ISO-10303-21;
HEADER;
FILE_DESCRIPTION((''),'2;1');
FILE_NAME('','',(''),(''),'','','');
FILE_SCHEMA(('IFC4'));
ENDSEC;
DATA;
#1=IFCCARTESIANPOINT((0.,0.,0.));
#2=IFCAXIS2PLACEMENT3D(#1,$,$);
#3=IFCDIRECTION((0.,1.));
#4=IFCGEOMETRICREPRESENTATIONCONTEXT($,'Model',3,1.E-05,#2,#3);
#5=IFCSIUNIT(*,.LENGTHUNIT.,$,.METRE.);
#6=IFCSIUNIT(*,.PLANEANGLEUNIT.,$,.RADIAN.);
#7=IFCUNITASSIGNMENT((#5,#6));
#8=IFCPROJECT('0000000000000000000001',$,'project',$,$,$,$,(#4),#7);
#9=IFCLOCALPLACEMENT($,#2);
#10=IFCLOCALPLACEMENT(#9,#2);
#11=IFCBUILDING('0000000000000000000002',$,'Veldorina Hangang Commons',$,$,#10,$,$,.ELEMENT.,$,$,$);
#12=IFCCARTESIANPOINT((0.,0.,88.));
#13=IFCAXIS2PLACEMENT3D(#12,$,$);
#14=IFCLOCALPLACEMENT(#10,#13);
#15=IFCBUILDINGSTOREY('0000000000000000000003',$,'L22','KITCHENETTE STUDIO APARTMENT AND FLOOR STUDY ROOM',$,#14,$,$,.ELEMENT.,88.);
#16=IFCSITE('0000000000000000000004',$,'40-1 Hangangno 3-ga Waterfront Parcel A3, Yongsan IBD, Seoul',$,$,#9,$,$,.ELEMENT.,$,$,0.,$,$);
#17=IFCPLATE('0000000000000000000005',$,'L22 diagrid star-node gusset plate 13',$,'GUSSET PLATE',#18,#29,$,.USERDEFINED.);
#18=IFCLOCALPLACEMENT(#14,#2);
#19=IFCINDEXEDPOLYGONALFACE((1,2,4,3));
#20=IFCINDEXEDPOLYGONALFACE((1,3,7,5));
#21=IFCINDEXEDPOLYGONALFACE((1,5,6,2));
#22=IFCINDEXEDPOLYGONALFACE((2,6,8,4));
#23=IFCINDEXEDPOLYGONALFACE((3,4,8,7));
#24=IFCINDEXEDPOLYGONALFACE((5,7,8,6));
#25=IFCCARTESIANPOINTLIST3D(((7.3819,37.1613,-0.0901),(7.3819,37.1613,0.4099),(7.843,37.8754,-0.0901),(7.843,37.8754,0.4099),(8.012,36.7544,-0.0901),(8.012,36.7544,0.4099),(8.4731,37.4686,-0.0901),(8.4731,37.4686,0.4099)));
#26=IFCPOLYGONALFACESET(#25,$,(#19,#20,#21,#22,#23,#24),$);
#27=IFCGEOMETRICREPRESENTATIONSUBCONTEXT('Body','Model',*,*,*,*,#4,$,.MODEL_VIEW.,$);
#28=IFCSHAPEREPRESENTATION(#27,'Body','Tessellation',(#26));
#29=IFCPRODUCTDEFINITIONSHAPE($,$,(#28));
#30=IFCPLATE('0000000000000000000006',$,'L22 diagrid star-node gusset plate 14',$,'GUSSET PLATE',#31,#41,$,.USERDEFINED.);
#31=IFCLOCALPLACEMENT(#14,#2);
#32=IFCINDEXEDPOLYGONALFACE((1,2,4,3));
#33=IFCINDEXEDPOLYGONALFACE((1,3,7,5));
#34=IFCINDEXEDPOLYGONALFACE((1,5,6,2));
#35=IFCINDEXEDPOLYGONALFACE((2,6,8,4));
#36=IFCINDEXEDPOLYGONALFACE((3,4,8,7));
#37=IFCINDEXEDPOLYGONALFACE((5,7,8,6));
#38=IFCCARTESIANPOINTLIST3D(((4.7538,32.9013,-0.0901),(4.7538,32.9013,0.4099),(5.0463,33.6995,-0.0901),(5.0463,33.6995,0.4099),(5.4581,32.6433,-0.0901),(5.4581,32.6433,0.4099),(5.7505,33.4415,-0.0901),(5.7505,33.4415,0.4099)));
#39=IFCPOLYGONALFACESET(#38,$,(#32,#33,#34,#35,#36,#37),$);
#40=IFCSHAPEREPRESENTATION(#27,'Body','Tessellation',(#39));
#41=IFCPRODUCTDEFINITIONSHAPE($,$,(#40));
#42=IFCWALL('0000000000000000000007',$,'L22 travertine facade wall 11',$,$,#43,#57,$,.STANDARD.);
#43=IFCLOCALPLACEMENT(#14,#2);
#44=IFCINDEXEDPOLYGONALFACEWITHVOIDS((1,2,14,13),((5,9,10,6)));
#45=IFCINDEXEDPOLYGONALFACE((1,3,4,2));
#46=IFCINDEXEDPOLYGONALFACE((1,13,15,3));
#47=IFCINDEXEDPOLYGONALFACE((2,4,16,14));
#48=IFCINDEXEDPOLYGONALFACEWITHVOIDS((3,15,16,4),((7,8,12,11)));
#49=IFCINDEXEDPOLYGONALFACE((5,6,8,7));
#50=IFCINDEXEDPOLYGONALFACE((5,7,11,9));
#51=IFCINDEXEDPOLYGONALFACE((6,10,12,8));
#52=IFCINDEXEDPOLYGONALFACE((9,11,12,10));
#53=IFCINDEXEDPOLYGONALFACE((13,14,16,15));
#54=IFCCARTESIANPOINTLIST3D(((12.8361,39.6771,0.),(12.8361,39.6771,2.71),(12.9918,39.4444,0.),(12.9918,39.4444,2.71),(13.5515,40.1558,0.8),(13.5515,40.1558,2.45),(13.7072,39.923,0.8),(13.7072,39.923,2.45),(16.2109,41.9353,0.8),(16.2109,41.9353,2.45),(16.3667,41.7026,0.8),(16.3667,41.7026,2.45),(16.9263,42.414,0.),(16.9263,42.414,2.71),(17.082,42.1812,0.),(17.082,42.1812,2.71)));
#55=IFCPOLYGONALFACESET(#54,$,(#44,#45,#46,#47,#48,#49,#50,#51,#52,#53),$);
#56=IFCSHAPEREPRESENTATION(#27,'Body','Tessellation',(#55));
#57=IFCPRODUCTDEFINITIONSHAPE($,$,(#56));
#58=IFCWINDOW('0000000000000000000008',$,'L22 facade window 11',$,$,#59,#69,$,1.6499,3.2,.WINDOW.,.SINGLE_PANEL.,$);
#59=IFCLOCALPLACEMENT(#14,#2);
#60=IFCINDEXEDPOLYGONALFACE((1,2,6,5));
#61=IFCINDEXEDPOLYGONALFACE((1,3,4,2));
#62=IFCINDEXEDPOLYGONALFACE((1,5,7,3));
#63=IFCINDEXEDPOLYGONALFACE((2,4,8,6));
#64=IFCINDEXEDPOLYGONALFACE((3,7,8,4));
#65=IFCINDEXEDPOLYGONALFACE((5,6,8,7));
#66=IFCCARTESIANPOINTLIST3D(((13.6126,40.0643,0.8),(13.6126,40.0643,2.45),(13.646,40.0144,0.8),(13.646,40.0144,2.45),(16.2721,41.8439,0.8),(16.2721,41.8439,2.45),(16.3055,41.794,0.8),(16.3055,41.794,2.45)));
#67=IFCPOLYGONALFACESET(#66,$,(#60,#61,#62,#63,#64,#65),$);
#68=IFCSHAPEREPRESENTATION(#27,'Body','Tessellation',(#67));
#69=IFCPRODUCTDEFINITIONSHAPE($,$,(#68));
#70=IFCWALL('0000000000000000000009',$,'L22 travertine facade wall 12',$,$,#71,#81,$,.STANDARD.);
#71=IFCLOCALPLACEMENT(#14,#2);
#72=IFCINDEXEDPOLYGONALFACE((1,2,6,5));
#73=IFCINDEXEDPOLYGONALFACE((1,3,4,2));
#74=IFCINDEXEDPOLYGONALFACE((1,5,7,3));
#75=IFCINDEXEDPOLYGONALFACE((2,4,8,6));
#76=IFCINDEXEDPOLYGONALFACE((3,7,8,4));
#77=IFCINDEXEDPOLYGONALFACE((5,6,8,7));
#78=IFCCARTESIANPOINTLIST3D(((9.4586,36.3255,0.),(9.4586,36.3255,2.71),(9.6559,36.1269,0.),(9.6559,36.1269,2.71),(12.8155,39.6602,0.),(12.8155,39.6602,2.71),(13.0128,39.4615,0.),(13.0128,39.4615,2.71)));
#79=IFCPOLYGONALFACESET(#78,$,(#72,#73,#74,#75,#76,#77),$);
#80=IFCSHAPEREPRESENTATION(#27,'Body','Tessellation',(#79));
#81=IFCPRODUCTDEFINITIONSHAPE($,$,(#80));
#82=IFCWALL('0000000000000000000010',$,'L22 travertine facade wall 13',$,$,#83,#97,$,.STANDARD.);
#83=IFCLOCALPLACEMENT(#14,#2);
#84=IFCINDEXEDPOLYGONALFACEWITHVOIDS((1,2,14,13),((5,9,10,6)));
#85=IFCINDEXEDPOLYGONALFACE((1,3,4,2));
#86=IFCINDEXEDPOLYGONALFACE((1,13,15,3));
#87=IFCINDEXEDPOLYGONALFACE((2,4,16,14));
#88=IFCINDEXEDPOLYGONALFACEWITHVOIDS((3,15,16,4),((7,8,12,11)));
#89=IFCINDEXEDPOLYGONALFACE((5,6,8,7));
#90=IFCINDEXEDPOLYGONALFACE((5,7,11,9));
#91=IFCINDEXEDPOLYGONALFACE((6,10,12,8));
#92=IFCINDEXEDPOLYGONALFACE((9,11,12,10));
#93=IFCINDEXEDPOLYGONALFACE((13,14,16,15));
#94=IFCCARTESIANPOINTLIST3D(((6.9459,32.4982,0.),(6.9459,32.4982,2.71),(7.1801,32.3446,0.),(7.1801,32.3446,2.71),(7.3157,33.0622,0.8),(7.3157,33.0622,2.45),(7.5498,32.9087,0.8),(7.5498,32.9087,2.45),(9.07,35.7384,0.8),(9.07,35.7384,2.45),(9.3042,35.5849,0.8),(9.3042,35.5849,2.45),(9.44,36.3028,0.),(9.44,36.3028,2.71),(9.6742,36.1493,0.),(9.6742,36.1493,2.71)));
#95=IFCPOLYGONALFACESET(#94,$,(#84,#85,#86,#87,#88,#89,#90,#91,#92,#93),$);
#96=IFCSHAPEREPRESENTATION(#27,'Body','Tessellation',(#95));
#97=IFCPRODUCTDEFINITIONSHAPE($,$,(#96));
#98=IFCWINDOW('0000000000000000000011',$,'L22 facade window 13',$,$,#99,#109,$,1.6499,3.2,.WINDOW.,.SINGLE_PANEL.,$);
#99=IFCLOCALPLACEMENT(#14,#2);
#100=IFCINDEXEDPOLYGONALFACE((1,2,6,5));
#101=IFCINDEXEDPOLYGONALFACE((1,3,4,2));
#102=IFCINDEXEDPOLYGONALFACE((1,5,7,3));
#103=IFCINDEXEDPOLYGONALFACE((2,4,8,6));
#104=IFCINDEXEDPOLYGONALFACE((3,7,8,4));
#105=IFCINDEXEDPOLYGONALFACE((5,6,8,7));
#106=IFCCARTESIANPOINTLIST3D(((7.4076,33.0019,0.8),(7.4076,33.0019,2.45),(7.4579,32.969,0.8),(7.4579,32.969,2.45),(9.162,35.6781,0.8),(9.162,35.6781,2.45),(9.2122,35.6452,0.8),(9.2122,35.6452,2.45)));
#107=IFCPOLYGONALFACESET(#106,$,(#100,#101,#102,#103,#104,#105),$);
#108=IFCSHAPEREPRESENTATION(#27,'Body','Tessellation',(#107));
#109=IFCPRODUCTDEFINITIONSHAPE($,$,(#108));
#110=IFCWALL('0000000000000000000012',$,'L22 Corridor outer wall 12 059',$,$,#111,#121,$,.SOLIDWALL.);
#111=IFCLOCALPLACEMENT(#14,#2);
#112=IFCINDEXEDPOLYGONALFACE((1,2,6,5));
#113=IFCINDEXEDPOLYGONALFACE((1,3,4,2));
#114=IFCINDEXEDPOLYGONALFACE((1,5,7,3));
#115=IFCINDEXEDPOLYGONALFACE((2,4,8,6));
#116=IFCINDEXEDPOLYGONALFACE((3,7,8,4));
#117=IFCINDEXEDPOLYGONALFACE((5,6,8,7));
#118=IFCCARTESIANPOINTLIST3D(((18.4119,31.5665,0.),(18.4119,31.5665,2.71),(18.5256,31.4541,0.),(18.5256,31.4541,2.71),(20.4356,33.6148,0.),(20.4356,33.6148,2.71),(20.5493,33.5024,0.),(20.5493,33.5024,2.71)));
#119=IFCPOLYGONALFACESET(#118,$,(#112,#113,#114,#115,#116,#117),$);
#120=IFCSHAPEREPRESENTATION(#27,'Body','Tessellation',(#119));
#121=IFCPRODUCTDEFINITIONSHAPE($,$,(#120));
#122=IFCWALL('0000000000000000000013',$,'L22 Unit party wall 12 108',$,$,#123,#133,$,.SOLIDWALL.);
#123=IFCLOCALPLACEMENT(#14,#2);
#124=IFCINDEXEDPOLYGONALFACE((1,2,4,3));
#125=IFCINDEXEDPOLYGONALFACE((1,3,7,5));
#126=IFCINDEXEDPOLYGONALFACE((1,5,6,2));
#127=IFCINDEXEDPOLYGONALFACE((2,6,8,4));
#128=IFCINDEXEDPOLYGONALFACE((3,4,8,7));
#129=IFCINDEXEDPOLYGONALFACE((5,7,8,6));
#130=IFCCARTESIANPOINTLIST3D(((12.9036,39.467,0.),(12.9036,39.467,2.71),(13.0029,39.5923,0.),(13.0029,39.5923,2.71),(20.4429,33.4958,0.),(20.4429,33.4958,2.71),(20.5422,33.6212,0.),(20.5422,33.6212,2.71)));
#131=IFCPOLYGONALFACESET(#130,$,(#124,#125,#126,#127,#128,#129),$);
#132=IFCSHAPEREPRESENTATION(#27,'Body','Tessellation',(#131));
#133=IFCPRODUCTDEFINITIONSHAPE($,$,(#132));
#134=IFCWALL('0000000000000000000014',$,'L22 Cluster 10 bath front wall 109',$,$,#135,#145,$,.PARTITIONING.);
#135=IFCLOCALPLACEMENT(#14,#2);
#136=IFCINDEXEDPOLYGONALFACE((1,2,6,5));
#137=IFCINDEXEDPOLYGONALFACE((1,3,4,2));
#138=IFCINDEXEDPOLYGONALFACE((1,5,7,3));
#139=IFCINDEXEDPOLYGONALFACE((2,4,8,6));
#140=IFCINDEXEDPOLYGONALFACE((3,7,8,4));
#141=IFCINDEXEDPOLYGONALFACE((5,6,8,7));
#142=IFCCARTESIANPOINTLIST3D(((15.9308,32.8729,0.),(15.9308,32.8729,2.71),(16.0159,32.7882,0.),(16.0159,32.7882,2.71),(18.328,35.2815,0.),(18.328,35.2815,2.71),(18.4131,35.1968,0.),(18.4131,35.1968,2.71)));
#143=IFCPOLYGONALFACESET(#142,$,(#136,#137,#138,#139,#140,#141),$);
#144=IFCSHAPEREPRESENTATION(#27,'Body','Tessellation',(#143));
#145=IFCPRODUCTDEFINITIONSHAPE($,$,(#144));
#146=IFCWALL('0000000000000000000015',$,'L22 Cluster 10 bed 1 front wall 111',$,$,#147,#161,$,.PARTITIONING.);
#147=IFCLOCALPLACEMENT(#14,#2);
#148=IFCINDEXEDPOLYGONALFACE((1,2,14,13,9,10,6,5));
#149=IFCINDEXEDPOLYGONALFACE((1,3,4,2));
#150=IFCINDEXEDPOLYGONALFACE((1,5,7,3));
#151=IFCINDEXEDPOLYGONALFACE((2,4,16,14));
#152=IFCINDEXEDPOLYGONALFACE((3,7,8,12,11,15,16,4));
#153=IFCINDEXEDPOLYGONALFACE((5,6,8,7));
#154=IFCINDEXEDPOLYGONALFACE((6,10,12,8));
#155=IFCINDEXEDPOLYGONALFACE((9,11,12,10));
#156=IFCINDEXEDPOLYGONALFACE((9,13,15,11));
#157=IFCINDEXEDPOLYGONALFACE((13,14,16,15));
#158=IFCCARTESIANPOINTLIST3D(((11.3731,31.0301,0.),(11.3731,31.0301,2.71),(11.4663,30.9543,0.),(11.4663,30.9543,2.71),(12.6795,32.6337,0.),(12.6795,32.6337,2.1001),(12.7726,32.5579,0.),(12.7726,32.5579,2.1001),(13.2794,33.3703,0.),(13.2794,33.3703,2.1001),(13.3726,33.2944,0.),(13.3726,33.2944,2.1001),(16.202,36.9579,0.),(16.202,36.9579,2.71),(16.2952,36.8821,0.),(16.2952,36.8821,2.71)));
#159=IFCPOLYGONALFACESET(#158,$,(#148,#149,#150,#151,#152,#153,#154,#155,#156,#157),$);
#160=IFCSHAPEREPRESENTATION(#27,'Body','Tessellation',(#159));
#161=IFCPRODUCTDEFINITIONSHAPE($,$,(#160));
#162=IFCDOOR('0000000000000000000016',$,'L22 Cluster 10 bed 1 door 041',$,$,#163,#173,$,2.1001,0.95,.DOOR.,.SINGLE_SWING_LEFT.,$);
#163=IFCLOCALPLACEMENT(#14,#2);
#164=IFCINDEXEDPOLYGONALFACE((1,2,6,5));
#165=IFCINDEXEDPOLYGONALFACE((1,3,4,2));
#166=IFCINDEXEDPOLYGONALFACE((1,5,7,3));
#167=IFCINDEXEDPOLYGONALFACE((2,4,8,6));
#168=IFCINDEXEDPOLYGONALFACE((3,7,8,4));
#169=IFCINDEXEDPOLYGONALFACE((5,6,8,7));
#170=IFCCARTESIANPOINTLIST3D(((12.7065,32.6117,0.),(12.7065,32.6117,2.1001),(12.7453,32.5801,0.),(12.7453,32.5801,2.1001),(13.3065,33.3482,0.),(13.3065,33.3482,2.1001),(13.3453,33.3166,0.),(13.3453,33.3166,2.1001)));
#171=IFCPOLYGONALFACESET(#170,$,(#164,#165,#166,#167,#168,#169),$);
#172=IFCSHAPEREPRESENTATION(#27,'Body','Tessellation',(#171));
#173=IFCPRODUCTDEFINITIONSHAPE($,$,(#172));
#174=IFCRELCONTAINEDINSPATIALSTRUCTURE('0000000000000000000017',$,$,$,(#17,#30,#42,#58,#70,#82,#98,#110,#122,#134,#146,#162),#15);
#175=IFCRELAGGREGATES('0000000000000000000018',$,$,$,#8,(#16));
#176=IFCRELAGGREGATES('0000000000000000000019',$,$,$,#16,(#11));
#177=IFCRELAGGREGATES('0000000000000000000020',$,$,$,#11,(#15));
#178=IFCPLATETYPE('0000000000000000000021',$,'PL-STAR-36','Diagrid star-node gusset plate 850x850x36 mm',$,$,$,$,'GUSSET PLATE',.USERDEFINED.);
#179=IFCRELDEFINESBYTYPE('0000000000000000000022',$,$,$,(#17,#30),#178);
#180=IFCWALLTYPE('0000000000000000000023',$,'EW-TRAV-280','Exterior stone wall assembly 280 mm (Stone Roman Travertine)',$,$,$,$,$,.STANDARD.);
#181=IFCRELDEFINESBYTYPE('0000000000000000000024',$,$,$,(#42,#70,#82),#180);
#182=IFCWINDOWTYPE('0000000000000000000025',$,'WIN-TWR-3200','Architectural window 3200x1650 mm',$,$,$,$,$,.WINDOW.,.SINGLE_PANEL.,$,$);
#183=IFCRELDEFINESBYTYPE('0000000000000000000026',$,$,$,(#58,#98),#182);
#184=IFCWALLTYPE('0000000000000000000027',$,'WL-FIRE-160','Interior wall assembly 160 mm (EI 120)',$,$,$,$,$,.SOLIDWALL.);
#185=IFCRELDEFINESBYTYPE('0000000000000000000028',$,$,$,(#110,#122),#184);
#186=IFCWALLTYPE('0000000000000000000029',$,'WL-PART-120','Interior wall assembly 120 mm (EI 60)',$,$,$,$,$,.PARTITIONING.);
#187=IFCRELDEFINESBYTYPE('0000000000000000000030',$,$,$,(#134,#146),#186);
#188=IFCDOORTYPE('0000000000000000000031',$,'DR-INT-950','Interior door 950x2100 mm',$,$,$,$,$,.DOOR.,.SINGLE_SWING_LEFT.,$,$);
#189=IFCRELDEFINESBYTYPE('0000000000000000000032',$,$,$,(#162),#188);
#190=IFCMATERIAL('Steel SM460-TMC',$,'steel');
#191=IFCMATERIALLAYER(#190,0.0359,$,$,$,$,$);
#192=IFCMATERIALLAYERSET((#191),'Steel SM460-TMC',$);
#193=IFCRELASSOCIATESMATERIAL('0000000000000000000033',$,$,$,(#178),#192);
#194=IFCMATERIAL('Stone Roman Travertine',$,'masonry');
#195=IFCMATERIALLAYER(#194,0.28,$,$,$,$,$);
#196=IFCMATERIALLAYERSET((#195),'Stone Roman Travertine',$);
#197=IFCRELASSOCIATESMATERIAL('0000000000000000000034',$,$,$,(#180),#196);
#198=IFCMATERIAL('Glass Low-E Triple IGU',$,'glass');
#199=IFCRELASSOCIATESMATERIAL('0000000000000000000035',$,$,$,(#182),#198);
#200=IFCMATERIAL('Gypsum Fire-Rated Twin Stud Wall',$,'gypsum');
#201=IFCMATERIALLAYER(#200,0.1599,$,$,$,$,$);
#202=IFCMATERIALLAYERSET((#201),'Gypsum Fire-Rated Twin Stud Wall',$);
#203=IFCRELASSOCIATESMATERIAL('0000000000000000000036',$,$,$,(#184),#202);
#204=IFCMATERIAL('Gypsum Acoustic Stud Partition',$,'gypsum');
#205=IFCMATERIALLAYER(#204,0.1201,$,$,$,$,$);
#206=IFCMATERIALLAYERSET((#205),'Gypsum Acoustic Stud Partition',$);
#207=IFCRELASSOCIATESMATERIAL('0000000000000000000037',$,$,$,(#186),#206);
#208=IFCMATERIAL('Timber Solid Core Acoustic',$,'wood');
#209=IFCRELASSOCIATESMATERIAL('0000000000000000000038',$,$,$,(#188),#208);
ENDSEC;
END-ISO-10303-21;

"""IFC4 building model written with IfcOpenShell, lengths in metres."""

from ifc_helpers import new_model, si_unit, direction, frame, frame_2d, origin, origin_2d, place, context, subcontext, project, spatial, rectangle, extrude, material, layer, layer_set, type_object, element, fill, save


model = new_model("IFC4")

# Units and contexts
model_context = context("Model", 3, precision=1e-05, world=origin(), true_north=direction((0.0, 1.0)))
body_context = subcontext(model_context, "Body", "Model", "MODEL_VIEW")
ifc_project = project(units=[si_unit("LENGTHUNIT", "METRE"), si_unit("PLANEANGLEUNIT", "RADIAN")], contexts=[model_context])

# Site, building, storey
site_placement = place(None, origin())
site = spatial("IfcSite", under=ifc_project, at=site_placement, Name="40-1 Hangangno 3-ga Waterfront Parcel A3, Yongsan IBD, Seoul", CompositionType="ELEMENT", RefElevation=0.0)
building_placement = place(site_placement, origin())
building = spatial("IfcBuilding", under=site, at=building_placement, Name="Veldorina Hangang Commons", CompositionType="ELEMENT")
storey_placement = place(building_placement, frame((0.0, 0.0, 88.0)))
storey = spatial("IfcBuildingStorey", under=building, at=storey_placement, Name="L22", Description="KITCHENETTE STUDIO APARTMENT AND FLOOR STUDY ROOM", CompositionType="ELEMENT", Elevation=88.0)

# Shared definitions
ifc_material_1 = material(Name="Steel SM460-TMC", Category="steel")

# Plates
ifc_layer_1 = layer(ifc_material_1, 0.0359)
ifc_layer_set_1 = layer_set([ifc_layer_1], Name="Steel SM460-TMC")
plate_type = type_object("IfcPlateType", Name="PL-STAR-36", Description="Diagrid star-node gusset plate 850x850x36 mm", ElementType="GUSSET PLATE", PredefinedType="USERDEFINED", material=ifc_layer_set_1)
for number, where, z_axis, x_axis, name in (
    (1, (7.9275, 37.3149, -0.0901), (0.0, 0.0, 1.0), (-0.542442, -0.840094, 0.0), "L22 diagrid star-node gusset plate 13"),
    (2, (5.2522, 33.1714, -0.0901), (0.0, 0.0, 1.0), (-0.344069, -0.938944, 0.0), "L22 diagrid star-node gusset plate 14"),
):
    element("IfcPlate", number, at=place(storey_placement, frame(where, z_axis=z_axis, x_axis=x_axis)), inside=storey, type_object=plate_type, Name=name, ObjectType="GUSSET PLATE", PredefinedType="USERDEFINED", context=body_context, shape_type="SweptSolid", body=[
        extrude(rectangle(XDim=0.8501, YDim=0.75, at=origin_2d()), origin(), (0.0, 0.0, 1.0), 0.5),
    ])

# Wall, opening, window
ifc_material_2 = material(Name="Stone Roman Travertine", Category="masonry")
ifc_layer_2 = layer(ifc_material_2, 0.28)
ifc_layer_set_2 = layer_set([ifc_layer_2], Name="Stone Roman Travertine")
wall_type_1 = type_object("IfcWallType", Name="EW-TRAV-280", Description="Exterior stone wall assembly 280 mm (Stone Roman Travertine)", PredefinedType="STANDARD", material=ifc_layer_set_2)
wall_1_placement = place(storey_placement, frame((17.0042, 42.2976, 0.0), z_axis=(0.0, 0.0, 1.0), x_axis=(-0.831103, -0.556119, 0.0)))
wall_1 = element("IfcWall", 3, at=wall_1_placement, inside=storey, type_object=wall_type_1, Name="L22 travertine facade wall 11", PredefinedType="STANDARD", context=body_context, shape_type="SweptSolid", body=[
    extrude(rectangle(XDim=4.9214, YDim=0.28, at=frame_2d((2.4607, 0.0))), origin(), (0.0, 0.0, 1.0), 2.71),
])
opening_1_placement = place(wall_1_placement, frame((0.8606, 0.0, 0.8)))
opening_1 = element("IfcOpeningElement", 4, at=opening_1_placement, cuts=wall_1, PredefinedType="OPENING", context=body_context, shape_type="SweptSolid", body=[
    extrude(rectangle(XDim=3.2, YDim=1.6499, at=frame_2d((1.6001, 0.825))), frame((0.0, 0.1499, 0.0), z_axis=(0.0, -1.0, 0.0), x_axis=(1.0, 0.0, 0.0)), (0.0, 0.0, 1.0), 0.3),
])
ifc_material_3 = material(Name="Glass Low-E Triple IGU", Category="glass")
window_type = type_object("IfcWindowType", Name="WIN-TWR-3200", Description="Architectural window 3200x1650 mm", PartitioningType="SINGLE_PANEL", PredefinedType="WINDOW", material=ifc_material_3)
window_1_placement = place(opening_1_placement, origin())
window_1 = element("IfcWindow", 5, at=window_1_placement, inside=storey, type_object=window_type, Name="L22 facade window 11", OverallHeight=1.6499, OverallWidth=3.2, PartitioningType="SINGLE_PANEL", PredefinedType="WINDOW", context=body_context, shape_type="SweptSolid", body=[
    extrude(rectangle(XDim=3.2, YDim=1.6499, at=frame_2d((1.6001, 0.825))), frame((0.0, 0.03, 0.0), z_axis=(0.0, -1.0, 0.0), x_axis=(1.0, 0.0, 0.0)), (0.0, 0.0, 1.0), 0.0601),
])
fill(opening_1, window_1)

# Wall
wall_2_placement = place(storey_placement, frame((12.9141, 39.5608, 0.0), z_axis=(0.0, 0.0, 1.0), x_axis=(-0.709451, -0.704755, 0.0)))
element("IfcWall", 6, at=wall_2_placement, inside=storey, type_object=wall_type_1, Name="L22 travertine facade wall 12", PredefinedType="STANDARD", context=body_context, shape_type="SweptSolid", body=[
    extrude(rectangle(XDim=4.7317, YDim=0.28, at=frame_2d((2.3657, 0.0))), origin(), (0.0, 0.0, 1.0), 2.71),
])

# Wall, opening, window
wall_3_placement = place(storey_placement, frame((9.5571, 36.2261, 0.0), z_axis=(0.0, 0.0, 1.0), x_axis=(-0.548244, -0.836319, 0.0)))
wall_3 = element("IfcWall", 7, at=wall_3_placement, inside=storey, type_object=wall_type_1, Name="L22 travertine facade wall 13", PredefinedType="STANDARD", context=body_context, shape_type="SweptSolid", body=[
    extrude(rectangle(XDim=4.5493, YDim=0.28, at=frame_2d((2.2747, 0.0))), origin(), (0.0, 0.0, 1.0), 2.71),
])
opening_2_placement = place(wall_3_placement, frame((0.6748, 0.0, 0.8)))
opening_2 = element("IfcOpeningElement", 8, at=opening_2_placement, cuts=wall_3, PredefinedType="OPENING", context=body_context, shape_type="SweptSolid", body=[
    extrude(rectangle(XDim=3.2, YDim=1.6499, at=frame_2d((1.6001, 0.825))), frame((0.0, 0.1499, 0.0), z_axis=(0.0, -1.0, 0.0), x_axis=(1.0, 0.0, 0.0)), (0.0, 0.0, 1.0), 0.3),
])
window_2_placement = place(opening_2_placement, origin())
window_2 = element("IfcWindow", 9, at=window_2_placement, inside=storey, type_object=window_type, Name="L22 facade window 13", OverallHeight=1.6499, OverallWidth=3.2, PartitioningType="SINGLE_PANEL", PredefinedType="WINDOW", context=body_context, shape_type="SweptSolid", body=[
    extrude(rectangle(XDim=3.2, YDim=1.6499, at=frame_2d((1.6001, 0.825))), frame((0.0, 0.03, 0.0), z_axis=(0.0, -1.0, 0.0), x_axis=(1.0, 0.0, 0.0)), (0.0, 0.0, 1.0), 0.0601),
])
fill(opening_2, window_2)

# Walls
ifc_material_4 = material(Name="Gypsum Fire-Rated Twin Stud Wall", Category="gypsum")
ifc_layer_3 = layer(ifc_material_4, 0.1599)
ifc_layer_set_3 = layer_set([ifc_layer_3], Name="Gypsum Fire-Rated Twin Stud Wall")
wall_type_2 = type_object("IfcWallType", Name="WL-FIRE-160", Description="Interior wall assembly 160 mm (EI 120)", PredefinedType="SOLIDWALL", material=ifc_layer_set_3)
wall_4_placement = place(storey_placement, frame((20.4924, 33.5586, 0.0), z_axis=(0.0, 0.0, 1.0), x_axis=(-0.702812, -0.711376, 0.0)))
element("IfcWall", 10, at=wall_4_placement, inside=storey, type_object=wall_type_2, Name="L22 Corridor outer wall 12 059", PredefinedType="SOLIDWALL", context=body_context, shape_type="SweptSolid", body=[
    extrude(rectangle(XDim=2.8794, YDim=0.1599, at=frame_2d((1.4397, 0.0))), origin(), (0.0, 0.0, 1.0), 2.71),
])
wall_5_placement = place(storey_placement, frame((20.4924, 33.5586, 0.0), z_axis=(0.0, 0.0, 1.0), x_axis=(-0.783916, 0.620867, 0.0)))
element("IfcWall", 11, at=wall_5_placement, inside=storey, type_object=wall_type_2, Name="L22 Unit party wall 12 108", PredefinedType="SOLIDWALL", context=body_context, shape_type="SweptSolid", body=[
    extrude(rectangle(XDim=9.6174, YDim=0.1599, at=frame_2d((4.8086, 0.0))), origin(), (0.0, 0.0, 1.0), 2.71),
])
ifc_material_5 = material(Name="Gypsum Acoustic Stud Partition", Category="gypsum")
ifc_layer_4 = layer(ifc_material_5, 0.1201)
ifc_layer_set_4 = layer_set([ifc_layer_4], Name="Gypsum Acoustic Stud Partition")
wall_type_3 = type_object("IfcWallType", Name="WL-PART-120", Description="Interior wall assembly 120 mm (EI 60)", PredefinedType="PARTITIONING", material=ifc_layer_set_4)
wall_6_placement = place(storey_placement, frame((18.3706, 35.2393, 0.0), z_axis=(0.0, 0.0, 1.0), x_axis=(-0.705416, -0.708793, 0.0)))
element("IfcWall", 12, at=wall_6_placement, inside=storey, type_object=wall_type_3, Name="L22 Cluster 10 bath front wall 109", PredefinedType="PARTITIONING", context=body_context, shape_type="SweptSolid", body=[
    extrude(rectangle(XDim=3.3982, YDim=0.1201, at=frame_2d((1.6992, 0.0))), origin(), (0.0, 0.0, 1.0), 2.71),
])

# Wall, opening, door
wall_7_placement = place(storey_placement, frame((16.2485, 36.9199, 0.0), z_axis=(0.0, 0.0, 1.0), x_axis=(-0.631583, -0.775309, 0.0)))
wall_7 = element("IfcWall", 13, at=wall_7_placement, inside=storey, type_object=wall_type_3, Name="L22 Cluster 10 bed 1 front wall 111", PredefinedType="PARTITIONING", context=body_context, shape_type="SweptSolid", body=[
    extrude(rectangle(XDim=7.6458, YDim=0.1201, at=frame_2d((3.8228, 0.0))), origin(), (0.0, 0.0, 1.0), 2.71),
])
opening_3_placement = place(wall_7_placement, frame((4.6272, 0.0, 0.0)))
opening_3 = element("IfcOpeningElement", 14, at=opening_3_placement, cuts=wall_7, PredefinedType="OPENING", context=body_context, shape_type="SweptSolid", body=[
    extrude(rectangle(XDim=0.95, YDim=2.1001, at=frame_2d((0.4751, 1.05))), frame((0.0, 0.0701, 0.0), z_axis=(0.0, -1.0, 0.0), x_axis=(1.0, 0.0, 0.0)), (0.0, 0.0, 1.0), 0.1401),
])
ifc_material_6 = material(Name="Timber Solid Core Acoustic", Category="wood")
door_type = type_object("IfcDoorType", Name="DR-INT-950", Description="Interior door 950x2100 mm", OperationType="SINGLE_SWING_LEFT", PredefinedType="DOOR", material=ifc_material_6)
door_placement = place(opening_3_placement, origin())
door = element("IfcDoor", 15, at=door_placement, inside=storey, type_object=door_type, Name="L22 Cluster 10 bed 1 door 041", OperationType="SINGLE_SWING_LEFT", OverallHeight=2.1001, OverallWidth=0.95, PredefinedType="DOOR", context=body_context, shape_type="SweptSolid", body=[
    extrude(rectangle(XDim=0.95, YDim=2.1001, at=frame_2d((0.4751, 1.05))), frame((0.0, 0.0249, 0.0), z_axis=(0.0, -1.0, 0.0), x_axis=(1.0, 0.0, 0.0)), (0.0, 0.0, 1.0), 0.05),
])
fill(opening_3, door)

save(model, "model.ifc")
